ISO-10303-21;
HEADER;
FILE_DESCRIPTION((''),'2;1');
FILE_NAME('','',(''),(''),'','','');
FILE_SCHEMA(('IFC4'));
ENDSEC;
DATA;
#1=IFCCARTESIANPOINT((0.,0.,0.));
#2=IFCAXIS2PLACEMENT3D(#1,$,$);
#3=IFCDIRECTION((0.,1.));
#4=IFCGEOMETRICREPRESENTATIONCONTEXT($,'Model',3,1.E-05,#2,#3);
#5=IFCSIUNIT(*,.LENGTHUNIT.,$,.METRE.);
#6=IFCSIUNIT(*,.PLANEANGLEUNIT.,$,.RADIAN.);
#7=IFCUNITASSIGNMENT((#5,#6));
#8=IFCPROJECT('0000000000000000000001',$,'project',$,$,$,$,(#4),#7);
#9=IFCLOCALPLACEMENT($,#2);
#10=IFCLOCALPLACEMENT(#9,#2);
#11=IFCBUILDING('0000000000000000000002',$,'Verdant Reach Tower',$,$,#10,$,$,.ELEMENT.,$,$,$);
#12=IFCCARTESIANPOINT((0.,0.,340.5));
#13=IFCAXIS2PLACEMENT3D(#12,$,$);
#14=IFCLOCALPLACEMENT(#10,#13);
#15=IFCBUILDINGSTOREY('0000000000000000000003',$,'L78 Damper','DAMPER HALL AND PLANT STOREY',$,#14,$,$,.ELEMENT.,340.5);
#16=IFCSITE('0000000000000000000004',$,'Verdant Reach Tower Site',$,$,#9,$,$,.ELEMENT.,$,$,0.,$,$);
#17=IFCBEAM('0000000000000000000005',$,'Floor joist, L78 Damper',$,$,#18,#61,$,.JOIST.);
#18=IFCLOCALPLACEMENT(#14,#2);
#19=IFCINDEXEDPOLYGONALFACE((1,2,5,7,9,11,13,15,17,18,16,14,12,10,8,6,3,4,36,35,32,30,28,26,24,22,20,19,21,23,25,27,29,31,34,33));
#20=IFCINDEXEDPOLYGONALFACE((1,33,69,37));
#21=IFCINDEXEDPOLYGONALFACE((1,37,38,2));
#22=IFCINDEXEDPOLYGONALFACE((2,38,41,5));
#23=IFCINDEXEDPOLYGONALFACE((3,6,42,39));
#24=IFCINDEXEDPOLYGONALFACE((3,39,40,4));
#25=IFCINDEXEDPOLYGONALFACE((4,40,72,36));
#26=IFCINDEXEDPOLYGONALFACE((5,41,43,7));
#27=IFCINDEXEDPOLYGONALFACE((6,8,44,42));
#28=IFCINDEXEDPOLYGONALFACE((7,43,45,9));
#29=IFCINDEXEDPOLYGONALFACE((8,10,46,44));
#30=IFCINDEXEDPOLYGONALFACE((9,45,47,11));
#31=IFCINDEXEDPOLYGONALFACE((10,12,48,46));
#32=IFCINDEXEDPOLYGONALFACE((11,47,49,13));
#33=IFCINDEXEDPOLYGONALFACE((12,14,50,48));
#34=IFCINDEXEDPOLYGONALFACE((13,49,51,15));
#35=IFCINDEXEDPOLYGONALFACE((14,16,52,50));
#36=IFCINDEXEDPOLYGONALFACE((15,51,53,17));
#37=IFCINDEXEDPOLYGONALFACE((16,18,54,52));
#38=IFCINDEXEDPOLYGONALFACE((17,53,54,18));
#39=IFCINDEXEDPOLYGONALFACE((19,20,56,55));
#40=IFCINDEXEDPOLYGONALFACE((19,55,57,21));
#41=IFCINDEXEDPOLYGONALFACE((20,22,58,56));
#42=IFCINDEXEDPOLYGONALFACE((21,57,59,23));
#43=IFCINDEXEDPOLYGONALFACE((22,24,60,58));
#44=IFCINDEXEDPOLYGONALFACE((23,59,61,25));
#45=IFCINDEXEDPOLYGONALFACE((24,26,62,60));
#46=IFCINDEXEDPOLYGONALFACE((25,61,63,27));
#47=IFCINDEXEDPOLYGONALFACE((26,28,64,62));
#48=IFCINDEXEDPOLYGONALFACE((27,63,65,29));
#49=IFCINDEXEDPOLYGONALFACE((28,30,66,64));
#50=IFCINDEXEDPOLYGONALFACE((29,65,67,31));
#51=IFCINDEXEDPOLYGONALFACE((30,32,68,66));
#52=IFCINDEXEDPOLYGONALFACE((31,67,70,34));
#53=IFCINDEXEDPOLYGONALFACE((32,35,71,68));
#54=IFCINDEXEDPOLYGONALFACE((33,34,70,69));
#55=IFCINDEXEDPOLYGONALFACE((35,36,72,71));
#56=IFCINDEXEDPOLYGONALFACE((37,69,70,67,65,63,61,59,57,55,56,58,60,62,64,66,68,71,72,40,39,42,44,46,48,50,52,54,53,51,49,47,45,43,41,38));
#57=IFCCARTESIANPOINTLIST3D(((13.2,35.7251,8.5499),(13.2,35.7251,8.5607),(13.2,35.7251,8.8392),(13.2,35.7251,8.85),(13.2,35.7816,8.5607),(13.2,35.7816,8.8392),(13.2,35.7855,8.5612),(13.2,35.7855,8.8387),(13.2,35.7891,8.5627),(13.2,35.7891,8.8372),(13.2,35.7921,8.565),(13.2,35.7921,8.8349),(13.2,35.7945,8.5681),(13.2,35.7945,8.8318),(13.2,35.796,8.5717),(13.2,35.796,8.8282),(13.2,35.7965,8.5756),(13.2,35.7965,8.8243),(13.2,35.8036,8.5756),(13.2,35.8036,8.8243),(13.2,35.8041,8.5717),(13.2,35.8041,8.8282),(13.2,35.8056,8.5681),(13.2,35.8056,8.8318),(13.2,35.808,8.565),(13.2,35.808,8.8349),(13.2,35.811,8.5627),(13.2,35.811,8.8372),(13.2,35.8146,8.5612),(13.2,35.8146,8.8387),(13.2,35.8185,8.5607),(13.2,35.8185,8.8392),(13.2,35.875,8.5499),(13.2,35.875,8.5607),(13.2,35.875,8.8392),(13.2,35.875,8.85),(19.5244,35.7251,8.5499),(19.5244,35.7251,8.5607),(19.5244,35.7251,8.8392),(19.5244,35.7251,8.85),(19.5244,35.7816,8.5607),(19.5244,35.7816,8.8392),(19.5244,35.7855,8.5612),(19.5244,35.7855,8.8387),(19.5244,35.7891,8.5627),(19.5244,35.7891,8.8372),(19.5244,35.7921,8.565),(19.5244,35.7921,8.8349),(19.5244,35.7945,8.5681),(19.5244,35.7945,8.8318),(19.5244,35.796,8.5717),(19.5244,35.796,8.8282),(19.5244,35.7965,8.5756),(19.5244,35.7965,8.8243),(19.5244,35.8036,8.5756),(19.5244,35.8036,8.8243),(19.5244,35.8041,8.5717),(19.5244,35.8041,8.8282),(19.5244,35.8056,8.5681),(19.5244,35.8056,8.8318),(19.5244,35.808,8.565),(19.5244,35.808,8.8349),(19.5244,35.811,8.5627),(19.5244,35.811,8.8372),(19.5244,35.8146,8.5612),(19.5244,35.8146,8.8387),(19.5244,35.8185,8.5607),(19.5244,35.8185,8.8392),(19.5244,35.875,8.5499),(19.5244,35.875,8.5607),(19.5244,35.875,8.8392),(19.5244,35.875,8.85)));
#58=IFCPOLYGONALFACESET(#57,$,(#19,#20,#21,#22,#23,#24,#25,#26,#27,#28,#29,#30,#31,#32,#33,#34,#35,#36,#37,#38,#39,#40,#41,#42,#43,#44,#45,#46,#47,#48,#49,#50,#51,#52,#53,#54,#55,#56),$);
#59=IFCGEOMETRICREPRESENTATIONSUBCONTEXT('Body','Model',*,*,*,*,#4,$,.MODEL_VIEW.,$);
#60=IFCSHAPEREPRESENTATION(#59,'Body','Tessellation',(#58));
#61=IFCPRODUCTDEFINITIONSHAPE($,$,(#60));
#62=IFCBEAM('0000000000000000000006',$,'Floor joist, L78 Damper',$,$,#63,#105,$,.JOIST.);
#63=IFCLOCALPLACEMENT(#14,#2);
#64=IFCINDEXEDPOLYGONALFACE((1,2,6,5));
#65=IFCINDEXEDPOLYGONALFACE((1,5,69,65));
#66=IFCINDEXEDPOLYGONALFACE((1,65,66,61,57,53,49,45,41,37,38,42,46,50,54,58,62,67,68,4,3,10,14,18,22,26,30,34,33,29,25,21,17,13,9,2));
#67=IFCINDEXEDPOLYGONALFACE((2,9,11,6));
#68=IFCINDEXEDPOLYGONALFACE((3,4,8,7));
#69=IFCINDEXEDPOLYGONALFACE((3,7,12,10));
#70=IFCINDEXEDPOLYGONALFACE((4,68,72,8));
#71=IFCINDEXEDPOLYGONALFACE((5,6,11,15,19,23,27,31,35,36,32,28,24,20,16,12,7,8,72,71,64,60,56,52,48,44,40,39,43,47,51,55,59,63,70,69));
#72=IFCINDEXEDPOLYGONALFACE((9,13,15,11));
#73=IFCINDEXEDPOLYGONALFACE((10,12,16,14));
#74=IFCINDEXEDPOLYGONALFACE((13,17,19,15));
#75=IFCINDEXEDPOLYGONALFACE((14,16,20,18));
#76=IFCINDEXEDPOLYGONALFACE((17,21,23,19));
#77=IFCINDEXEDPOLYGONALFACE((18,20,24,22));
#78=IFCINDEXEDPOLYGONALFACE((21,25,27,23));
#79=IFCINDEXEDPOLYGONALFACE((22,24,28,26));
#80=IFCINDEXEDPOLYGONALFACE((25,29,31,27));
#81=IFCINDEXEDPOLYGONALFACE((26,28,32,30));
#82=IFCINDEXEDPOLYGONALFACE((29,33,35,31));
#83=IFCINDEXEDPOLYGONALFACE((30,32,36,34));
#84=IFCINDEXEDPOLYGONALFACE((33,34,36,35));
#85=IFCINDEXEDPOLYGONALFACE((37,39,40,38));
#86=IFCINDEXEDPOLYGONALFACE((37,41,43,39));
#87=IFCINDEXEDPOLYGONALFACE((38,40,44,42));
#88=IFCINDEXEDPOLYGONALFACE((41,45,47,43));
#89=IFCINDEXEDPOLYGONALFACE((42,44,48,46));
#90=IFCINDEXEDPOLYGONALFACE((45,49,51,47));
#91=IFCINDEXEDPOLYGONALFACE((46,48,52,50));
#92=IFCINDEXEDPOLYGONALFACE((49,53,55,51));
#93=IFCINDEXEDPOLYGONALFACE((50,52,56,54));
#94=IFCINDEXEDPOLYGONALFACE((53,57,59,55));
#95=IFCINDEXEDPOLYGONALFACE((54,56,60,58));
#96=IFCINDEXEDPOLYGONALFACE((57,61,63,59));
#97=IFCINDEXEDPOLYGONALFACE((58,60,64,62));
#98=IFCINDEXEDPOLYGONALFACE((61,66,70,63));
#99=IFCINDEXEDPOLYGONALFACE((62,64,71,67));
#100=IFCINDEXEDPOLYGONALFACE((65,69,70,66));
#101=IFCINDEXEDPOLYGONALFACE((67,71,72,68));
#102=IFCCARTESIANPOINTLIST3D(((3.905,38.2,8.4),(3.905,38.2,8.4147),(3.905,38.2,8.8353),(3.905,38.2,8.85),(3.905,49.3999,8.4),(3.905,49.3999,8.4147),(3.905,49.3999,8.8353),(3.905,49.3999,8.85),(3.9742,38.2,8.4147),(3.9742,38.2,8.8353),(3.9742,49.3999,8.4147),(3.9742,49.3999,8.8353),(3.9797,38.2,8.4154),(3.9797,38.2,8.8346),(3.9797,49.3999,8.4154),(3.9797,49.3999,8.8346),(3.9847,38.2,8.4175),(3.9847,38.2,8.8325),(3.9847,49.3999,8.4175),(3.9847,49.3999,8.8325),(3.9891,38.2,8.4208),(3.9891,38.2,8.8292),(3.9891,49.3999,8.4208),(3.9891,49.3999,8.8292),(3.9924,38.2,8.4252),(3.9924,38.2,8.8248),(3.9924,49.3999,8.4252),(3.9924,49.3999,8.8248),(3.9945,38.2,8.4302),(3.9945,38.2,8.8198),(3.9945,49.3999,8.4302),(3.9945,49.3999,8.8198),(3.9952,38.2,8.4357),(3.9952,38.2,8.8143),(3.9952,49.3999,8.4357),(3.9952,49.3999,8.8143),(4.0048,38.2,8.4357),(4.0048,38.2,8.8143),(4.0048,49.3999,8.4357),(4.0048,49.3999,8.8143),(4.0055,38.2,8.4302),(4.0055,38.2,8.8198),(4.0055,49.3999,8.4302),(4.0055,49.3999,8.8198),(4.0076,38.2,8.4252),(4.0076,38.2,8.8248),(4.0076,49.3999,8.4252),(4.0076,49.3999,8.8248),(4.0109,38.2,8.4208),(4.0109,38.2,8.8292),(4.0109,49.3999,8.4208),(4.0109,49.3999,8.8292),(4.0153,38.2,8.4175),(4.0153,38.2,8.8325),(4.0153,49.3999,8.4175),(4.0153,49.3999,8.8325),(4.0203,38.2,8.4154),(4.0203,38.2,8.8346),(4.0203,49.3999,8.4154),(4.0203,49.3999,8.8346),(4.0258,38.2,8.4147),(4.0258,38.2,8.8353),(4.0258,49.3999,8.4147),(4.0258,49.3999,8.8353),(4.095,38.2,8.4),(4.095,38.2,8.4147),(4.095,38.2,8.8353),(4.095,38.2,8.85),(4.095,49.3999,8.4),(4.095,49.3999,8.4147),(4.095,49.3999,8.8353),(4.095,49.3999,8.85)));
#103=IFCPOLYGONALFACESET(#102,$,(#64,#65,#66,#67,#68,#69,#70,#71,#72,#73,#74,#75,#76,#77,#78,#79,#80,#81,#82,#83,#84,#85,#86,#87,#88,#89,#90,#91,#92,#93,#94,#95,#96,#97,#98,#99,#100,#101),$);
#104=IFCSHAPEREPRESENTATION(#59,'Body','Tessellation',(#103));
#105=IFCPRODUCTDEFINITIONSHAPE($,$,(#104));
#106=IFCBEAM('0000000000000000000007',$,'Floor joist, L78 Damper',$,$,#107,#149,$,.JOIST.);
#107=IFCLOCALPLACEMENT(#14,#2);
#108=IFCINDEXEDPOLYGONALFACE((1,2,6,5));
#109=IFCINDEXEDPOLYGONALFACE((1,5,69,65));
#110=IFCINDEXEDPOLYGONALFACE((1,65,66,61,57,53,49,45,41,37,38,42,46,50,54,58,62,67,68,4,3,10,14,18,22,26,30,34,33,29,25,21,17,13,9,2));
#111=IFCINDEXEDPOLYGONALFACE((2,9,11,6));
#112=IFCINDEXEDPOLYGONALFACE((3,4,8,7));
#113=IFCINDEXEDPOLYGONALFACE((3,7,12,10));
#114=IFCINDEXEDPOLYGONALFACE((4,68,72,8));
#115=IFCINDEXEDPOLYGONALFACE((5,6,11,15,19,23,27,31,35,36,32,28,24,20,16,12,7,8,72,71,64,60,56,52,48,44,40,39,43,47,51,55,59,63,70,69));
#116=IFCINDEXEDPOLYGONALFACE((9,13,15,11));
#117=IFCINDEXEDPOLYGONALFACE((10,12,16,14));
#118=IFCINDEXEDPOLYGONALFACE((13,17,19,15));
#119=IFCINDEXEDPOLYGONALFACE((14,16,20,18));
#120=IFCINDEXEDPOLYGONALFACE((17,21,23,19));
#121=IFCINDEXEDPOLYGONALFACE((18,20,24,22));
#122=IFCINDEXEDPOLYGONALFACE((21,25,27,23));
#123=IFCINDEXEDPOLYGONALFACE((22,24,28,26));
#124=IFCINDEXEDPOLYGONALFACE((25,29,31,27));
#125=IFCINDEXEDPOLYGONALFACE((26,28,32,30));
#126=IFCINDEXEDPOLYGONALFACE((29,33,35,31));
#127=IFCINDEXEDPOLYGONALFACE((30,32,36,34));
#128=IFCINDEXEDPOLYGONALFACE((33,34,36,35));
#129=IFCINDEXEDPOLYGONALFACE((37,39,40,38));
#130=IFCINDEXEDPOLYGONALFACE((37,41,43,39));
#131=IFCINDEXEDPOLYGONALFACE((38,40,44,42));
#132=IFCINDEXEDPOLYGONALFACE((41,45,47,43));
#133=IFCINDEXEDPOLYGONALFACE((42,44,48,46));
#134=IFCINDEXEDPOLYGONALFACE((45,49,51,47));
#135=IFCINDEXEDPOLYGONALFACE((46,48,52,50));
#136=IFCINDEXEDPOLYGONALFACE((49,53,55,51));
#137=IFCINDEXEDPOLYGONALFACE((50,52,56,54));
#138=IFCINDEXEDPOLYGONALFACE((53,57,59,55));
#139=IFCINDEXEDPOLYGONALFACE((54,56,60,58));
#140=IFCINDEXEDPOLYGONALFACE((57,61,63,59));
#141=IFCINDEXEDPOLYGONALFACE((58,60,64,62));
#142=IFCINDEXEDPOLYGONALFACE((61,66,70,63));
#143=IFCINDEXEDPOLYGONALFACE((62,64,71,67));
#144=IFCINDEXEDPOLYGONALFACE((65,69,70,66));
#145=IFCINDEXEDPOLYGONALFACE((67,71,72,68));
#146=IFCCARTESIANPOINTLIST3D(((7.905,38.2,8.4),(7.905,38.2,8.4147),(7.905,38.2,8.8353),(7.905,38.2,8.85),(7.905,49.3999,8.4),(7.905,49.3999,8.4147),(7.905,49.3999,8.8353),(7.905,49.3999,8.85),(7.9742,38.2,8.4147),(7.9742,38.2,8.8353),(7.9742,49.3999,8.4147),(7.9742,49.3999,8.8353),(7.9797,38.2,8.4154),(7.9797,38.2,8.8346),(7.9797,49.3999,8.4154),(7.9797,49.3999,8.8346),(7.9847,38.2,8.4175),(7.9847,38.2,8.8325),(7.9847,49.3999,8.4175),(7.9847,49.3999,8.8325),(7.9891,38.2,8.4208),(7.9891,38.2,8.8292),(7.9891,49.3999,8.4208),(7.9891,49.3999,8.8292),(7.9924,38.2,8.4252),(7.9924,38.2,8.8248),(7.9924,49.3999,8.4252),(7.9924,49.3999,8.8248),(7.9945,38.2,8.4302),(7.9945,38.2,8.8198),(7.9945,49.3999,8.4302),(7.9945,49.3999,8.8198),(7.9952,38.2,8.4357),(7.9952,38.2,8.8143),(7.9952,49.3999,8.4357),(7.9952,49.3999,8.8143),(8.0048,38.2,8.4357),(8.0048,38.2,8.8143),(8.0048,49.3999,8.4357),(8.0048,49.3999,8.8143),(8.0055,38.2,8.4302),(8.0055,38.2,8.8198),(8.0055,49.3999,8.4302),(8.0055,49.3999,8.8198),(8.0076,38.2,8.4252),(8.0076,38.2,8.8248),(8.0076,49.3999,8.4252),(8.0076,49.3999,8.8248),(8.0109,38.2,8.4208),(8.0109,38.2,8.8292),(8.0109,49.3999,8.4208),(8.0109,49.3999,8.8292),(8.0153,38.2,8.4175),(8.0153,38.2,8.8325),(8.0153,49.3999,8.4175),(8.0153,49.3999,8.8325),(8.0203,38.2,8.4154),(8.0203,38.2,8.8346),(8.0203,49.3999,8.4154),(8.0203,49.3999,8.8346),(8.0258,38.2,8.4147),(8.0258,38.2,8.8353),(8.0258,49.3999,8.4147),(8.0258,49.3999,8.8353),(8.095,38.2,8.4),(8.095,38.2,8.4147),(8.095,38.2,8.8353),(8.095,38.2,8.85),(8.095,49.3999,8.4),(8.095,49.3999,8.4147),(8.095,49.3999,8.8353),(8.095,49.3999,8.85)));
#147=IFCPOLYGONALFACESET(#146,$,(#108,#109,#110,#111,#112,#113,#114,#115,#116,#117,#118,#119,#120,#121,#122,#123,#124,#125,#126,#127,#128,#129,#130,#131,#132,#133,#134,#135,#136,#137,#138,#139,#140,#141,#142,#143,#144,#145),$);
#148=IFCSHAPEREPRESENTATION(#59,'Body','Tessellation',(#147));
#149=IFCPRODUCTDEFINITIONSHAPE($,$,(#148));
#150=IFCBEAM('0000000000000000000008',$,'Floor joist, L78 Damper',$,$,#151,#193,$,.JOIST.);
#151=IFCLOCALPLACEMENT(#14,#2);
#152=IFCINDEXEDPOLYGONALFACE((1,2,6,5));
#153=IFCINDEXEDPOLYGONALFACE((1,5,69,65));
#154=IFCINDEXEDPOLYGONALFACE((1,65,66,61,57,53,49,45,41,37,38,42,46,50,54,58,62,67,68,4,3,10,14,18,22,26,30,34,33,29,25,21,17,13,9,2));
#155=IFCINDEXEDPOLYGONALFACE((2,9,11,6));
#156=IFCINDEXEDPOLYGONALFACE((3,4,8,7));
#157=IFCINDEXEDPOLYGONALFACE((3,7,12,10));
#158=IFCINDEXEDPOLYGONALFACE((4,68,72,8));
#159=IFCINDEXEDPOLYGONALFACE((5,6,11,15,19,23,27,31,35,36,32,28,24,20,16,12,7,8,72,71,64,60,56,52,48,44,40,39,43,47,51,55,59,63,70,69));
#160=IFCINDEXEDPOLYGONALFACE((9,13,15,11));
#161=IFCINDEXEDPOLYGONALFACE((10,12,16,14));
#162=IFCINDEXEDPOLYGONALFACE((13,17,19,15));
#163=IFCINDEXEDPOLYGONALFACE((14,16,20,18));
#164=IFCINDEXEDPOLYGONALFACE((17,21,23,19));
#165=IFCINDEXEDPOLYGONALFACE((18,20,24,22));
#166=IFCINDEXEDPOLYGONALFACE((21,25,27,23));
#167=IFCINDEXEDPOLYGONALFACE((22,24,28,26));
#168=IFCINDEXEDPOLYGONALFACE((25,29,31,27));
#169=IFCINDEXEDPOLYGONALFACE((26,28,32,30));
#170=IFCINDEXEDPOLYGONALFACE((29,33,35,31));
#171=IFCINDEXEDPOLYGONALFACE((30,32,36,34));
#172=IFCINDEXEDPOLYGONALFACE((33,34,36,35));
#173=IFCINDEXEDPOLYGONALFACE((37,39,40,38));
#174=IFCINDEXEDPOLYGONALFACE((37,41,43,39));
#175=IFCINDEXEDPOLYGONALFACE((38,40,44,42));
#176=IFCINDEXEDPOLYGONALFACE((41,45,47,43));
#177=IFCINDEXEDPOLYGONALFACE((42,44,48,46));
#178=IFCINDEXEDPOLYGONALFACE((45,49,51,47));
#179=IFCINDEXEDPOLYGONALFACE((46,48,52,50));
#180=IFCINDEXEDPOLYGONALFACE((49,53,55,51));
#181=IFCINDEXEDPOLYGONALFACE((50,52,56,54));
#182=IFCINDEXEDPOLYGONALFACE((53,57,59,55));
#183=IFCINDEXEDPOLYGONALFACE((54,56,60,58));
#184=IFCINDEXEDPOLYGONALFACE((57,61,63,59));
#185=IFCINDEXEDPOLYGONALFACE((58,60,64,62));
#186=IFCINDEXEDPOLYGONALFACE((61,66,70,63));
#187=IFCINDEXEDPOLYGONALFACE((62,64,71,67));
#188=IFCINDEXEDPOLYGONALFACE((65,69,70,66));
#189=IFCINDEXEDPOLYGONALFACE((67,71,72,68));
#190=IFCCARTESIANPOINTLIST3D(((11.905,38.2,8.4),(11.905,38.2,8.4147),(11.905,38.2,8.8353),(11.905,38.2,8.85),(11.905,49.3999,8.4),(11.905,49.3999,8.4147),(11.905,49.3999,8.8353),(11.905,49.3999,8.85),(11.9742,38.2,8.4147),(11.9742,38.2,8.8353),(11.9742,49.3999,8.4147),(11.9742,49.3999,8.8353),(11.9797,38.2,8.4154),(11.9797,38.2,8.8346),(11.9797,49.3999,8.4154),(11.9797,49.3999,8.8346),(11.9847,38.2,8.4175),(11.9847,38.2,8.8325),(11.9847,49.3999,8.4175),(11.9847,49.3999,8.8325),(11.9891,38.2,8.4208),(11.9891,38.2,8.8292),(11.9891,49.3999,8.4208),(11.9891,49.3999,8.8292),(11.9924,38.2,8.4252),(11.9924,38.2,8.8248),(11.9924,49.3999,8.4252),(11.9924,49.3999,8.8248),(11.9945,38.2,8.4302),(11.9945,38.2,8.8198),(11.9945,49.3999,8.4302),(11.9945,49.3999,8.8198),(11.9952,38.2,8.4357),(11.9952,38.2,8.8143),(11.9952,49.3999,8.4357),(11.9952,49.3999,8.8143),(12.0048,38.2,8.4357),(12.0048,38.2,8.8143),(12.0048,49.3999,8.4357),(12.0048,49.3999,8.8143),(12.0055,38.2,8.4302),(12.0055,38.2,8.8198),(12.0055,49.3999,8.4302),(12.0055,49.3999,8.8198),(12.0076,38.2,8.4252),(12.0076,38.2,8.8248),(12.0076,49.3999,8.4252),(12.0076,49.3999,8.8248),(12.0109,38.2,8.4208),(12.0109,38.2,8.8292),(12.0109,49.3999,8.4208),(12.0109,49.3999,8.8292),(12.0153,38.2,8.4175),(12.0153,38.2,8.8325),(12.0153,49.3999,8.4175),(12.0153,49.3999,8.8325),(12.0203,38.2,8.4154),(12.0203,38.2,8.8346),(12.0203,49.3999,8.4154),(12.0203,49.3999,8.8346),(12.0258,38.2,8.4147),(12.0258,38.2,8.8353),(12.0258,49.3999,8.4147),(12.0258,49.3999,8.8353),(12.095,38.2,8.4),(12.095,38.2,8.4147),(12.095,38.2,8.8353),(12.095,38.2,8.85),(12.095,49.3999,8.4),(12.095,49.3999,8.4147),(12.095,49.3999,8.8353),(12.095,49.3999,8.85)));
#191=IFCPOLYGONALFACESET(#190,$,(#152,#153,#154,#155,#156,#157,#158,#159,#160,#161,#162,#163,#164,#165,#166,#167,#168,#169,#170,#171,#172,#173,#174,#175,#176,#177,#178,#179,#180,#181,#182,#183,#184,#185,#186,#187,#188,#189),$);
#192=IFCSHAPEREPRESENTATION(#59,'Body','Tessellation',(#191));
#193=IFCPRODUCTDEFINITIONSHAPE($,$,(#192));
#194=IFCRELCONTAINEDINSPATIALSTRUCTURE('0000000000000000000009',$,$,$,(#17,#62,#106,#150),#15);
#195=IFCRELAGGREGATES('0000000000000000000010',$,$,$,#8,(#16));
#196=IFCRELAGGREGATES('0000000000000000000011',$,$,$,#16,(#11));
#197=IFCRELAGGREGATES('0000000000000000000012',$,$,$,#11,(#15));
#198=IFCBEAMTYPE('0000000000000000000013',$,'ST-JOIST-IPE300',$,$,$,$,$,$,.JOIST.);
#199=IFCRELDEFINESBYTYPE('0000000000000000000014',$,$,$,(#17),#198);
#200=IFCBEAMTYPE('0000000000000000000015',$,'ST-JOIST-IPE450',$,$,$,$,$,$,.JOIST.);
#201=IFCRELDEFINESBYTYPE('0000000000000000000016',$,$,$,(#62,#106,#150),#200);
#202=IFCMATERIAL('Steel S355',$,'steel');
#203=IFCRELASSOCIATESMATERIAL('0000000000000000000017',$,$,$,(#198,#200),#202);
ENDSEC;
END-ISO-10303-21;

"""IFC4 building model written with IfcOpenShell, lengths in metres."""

from ifc_helpers import new_model, si_unit, direction, frame, origin, origin_2d, place, context, subcontext, project, spatial, i_section, extrude, material, material_profile, profile_set, type_object, element, save


model = new_model("IFC4")

# Units and contexts
model_context = context("Model", 3, precision=1e-05, world=origin(), true_north=direction((0.0, 1.0)))
body_context = subcontext(model_context, "Body", "Model", "MODEL_VIEW")
ifc_project = project(units=[si_unit("LENGTHUNIT", "METRE"), si_unit("PLANEANGLEUNIT", "RADIAN")], contexts=[model_context])

# Site, building, storey
site_placement = place(None, origin())
site = spatial("IfcSite", under=ifc_project, at=site_placement, Name="Verdant Reach Tower Site", CompositionType="ELEMENT", RefElevation=0.0)
building_placement = place(site_placement, origin())
building = spatial("IfcBuilding", under=site, at=building_placement, Name="Verdant Reach Tower", CompositionType="ELEMENT")
storey_placement = place(building_placement, frame((0.0, 0.0, 340.5)))
storey = spatial("IfcBuildingStorey", under=building, at=storey_placement, Name="L78 Damper", Description="DAMPER HALL AND PLANT STOREY", CompositionType="ELEMENT", Elevation=340.5)

# Beams
ifc_material_1 = material(Name="Steel S355", Category="steel")
ifc_material_profile_1 = material_profile(ifc_material_1, i_section(OverallWidth=0.1499, OverallDepth=0.3, WebThickness=0.0071, FlangeThickness=0.0107, FilletRadius=0.0149, at=origin_2d()), Name="IPE 300")
ifc_profile_set_1 = profile_set([ifc_material_profile_1], Name="Steel S355")
beam_type_1 = type_object("IfcBeamType", Name="ST-JOIST-IPE300", PredefinedType="JOIST", material=ifc_profile_set_1)
beam_1_placement = place(storey_placement, frame((13.2, 35.8, 8.7), z_axis=(1.0, 0.0, 0.0), x_axis=(0.0, 1.0, 0.0)))
element("IfcBeam", 1, at=beam_1_placement, inside=storey, type_object=beam_type_1, Name="Floor joist, L78 Damper", PredefinedType="JOIST", context=body_context, shape_type="SweptSolid", body=[
    extrude(i_section(OverallWidth=0.1499, OverallDepth=0.3, WebThickness=0.0071, FlangeThickness=0.0107, FilletRadius=0.0149, at=origin_2d()), origin(), (0.0, 0.0, 1.0), 6.3245),
])
ifc_material_profile_2 = material_profile(ifc_material_1, i_section(OverallWidth=0.1899, OverallDepth=0.45, WebThickness=0.0095, FlangeThickness=0.0146, FilletRadius=0.021, at=origin_2d()), Name="IPE 450")
ifc_profile_set_2 = profile_set([ifc_material_profile_2], Name="Steel S355")
beam_type_2 = type_object("IfcBeamType", Name="ST-JOIST-IPE450", PredefinedType="JOIST", material=ifc_profile_set_2)
for number, where, z_axis, x_axis, name in (
    (2, (4.0, 38.2, 8.625), (0.0, 1.0, 0.0), (-1.0, 0.0, 0.0), "Floor joist, L78 Damper"),
    (3, (8.0, 38.2, 8.625), (0.0, 1.0, 0.0), (-1.0, 0.0, 0.0), "Floor joist, L78 Damper"),
    (4, (12.0, 38.2, 8.625), (0.0, 1.0, 0.0), (-1.0, 0.0, 0.0), "Floor joist, L78 Damper"),
):
    element("IfcBeam", number, at=place(storey_placement, frame(where, z_axis=z_axis, x_axis=x_axis)), inside=storey, type_object=beam_type_2, Name=name, PredefinedType="JOIST", context=body_context, shape_type="SweptSolid", body=[
        extrude(i_section(OverallWidth=0.1899, OverallDepth=0.45, WebThickness=0.0095, FlangeThickness=0.0146, FilletRadius=0.021, at=origin_2d()), origin(), (0.0, 0.0, 1.0), 11.2),
    ])

save(model, "model.ifc")
